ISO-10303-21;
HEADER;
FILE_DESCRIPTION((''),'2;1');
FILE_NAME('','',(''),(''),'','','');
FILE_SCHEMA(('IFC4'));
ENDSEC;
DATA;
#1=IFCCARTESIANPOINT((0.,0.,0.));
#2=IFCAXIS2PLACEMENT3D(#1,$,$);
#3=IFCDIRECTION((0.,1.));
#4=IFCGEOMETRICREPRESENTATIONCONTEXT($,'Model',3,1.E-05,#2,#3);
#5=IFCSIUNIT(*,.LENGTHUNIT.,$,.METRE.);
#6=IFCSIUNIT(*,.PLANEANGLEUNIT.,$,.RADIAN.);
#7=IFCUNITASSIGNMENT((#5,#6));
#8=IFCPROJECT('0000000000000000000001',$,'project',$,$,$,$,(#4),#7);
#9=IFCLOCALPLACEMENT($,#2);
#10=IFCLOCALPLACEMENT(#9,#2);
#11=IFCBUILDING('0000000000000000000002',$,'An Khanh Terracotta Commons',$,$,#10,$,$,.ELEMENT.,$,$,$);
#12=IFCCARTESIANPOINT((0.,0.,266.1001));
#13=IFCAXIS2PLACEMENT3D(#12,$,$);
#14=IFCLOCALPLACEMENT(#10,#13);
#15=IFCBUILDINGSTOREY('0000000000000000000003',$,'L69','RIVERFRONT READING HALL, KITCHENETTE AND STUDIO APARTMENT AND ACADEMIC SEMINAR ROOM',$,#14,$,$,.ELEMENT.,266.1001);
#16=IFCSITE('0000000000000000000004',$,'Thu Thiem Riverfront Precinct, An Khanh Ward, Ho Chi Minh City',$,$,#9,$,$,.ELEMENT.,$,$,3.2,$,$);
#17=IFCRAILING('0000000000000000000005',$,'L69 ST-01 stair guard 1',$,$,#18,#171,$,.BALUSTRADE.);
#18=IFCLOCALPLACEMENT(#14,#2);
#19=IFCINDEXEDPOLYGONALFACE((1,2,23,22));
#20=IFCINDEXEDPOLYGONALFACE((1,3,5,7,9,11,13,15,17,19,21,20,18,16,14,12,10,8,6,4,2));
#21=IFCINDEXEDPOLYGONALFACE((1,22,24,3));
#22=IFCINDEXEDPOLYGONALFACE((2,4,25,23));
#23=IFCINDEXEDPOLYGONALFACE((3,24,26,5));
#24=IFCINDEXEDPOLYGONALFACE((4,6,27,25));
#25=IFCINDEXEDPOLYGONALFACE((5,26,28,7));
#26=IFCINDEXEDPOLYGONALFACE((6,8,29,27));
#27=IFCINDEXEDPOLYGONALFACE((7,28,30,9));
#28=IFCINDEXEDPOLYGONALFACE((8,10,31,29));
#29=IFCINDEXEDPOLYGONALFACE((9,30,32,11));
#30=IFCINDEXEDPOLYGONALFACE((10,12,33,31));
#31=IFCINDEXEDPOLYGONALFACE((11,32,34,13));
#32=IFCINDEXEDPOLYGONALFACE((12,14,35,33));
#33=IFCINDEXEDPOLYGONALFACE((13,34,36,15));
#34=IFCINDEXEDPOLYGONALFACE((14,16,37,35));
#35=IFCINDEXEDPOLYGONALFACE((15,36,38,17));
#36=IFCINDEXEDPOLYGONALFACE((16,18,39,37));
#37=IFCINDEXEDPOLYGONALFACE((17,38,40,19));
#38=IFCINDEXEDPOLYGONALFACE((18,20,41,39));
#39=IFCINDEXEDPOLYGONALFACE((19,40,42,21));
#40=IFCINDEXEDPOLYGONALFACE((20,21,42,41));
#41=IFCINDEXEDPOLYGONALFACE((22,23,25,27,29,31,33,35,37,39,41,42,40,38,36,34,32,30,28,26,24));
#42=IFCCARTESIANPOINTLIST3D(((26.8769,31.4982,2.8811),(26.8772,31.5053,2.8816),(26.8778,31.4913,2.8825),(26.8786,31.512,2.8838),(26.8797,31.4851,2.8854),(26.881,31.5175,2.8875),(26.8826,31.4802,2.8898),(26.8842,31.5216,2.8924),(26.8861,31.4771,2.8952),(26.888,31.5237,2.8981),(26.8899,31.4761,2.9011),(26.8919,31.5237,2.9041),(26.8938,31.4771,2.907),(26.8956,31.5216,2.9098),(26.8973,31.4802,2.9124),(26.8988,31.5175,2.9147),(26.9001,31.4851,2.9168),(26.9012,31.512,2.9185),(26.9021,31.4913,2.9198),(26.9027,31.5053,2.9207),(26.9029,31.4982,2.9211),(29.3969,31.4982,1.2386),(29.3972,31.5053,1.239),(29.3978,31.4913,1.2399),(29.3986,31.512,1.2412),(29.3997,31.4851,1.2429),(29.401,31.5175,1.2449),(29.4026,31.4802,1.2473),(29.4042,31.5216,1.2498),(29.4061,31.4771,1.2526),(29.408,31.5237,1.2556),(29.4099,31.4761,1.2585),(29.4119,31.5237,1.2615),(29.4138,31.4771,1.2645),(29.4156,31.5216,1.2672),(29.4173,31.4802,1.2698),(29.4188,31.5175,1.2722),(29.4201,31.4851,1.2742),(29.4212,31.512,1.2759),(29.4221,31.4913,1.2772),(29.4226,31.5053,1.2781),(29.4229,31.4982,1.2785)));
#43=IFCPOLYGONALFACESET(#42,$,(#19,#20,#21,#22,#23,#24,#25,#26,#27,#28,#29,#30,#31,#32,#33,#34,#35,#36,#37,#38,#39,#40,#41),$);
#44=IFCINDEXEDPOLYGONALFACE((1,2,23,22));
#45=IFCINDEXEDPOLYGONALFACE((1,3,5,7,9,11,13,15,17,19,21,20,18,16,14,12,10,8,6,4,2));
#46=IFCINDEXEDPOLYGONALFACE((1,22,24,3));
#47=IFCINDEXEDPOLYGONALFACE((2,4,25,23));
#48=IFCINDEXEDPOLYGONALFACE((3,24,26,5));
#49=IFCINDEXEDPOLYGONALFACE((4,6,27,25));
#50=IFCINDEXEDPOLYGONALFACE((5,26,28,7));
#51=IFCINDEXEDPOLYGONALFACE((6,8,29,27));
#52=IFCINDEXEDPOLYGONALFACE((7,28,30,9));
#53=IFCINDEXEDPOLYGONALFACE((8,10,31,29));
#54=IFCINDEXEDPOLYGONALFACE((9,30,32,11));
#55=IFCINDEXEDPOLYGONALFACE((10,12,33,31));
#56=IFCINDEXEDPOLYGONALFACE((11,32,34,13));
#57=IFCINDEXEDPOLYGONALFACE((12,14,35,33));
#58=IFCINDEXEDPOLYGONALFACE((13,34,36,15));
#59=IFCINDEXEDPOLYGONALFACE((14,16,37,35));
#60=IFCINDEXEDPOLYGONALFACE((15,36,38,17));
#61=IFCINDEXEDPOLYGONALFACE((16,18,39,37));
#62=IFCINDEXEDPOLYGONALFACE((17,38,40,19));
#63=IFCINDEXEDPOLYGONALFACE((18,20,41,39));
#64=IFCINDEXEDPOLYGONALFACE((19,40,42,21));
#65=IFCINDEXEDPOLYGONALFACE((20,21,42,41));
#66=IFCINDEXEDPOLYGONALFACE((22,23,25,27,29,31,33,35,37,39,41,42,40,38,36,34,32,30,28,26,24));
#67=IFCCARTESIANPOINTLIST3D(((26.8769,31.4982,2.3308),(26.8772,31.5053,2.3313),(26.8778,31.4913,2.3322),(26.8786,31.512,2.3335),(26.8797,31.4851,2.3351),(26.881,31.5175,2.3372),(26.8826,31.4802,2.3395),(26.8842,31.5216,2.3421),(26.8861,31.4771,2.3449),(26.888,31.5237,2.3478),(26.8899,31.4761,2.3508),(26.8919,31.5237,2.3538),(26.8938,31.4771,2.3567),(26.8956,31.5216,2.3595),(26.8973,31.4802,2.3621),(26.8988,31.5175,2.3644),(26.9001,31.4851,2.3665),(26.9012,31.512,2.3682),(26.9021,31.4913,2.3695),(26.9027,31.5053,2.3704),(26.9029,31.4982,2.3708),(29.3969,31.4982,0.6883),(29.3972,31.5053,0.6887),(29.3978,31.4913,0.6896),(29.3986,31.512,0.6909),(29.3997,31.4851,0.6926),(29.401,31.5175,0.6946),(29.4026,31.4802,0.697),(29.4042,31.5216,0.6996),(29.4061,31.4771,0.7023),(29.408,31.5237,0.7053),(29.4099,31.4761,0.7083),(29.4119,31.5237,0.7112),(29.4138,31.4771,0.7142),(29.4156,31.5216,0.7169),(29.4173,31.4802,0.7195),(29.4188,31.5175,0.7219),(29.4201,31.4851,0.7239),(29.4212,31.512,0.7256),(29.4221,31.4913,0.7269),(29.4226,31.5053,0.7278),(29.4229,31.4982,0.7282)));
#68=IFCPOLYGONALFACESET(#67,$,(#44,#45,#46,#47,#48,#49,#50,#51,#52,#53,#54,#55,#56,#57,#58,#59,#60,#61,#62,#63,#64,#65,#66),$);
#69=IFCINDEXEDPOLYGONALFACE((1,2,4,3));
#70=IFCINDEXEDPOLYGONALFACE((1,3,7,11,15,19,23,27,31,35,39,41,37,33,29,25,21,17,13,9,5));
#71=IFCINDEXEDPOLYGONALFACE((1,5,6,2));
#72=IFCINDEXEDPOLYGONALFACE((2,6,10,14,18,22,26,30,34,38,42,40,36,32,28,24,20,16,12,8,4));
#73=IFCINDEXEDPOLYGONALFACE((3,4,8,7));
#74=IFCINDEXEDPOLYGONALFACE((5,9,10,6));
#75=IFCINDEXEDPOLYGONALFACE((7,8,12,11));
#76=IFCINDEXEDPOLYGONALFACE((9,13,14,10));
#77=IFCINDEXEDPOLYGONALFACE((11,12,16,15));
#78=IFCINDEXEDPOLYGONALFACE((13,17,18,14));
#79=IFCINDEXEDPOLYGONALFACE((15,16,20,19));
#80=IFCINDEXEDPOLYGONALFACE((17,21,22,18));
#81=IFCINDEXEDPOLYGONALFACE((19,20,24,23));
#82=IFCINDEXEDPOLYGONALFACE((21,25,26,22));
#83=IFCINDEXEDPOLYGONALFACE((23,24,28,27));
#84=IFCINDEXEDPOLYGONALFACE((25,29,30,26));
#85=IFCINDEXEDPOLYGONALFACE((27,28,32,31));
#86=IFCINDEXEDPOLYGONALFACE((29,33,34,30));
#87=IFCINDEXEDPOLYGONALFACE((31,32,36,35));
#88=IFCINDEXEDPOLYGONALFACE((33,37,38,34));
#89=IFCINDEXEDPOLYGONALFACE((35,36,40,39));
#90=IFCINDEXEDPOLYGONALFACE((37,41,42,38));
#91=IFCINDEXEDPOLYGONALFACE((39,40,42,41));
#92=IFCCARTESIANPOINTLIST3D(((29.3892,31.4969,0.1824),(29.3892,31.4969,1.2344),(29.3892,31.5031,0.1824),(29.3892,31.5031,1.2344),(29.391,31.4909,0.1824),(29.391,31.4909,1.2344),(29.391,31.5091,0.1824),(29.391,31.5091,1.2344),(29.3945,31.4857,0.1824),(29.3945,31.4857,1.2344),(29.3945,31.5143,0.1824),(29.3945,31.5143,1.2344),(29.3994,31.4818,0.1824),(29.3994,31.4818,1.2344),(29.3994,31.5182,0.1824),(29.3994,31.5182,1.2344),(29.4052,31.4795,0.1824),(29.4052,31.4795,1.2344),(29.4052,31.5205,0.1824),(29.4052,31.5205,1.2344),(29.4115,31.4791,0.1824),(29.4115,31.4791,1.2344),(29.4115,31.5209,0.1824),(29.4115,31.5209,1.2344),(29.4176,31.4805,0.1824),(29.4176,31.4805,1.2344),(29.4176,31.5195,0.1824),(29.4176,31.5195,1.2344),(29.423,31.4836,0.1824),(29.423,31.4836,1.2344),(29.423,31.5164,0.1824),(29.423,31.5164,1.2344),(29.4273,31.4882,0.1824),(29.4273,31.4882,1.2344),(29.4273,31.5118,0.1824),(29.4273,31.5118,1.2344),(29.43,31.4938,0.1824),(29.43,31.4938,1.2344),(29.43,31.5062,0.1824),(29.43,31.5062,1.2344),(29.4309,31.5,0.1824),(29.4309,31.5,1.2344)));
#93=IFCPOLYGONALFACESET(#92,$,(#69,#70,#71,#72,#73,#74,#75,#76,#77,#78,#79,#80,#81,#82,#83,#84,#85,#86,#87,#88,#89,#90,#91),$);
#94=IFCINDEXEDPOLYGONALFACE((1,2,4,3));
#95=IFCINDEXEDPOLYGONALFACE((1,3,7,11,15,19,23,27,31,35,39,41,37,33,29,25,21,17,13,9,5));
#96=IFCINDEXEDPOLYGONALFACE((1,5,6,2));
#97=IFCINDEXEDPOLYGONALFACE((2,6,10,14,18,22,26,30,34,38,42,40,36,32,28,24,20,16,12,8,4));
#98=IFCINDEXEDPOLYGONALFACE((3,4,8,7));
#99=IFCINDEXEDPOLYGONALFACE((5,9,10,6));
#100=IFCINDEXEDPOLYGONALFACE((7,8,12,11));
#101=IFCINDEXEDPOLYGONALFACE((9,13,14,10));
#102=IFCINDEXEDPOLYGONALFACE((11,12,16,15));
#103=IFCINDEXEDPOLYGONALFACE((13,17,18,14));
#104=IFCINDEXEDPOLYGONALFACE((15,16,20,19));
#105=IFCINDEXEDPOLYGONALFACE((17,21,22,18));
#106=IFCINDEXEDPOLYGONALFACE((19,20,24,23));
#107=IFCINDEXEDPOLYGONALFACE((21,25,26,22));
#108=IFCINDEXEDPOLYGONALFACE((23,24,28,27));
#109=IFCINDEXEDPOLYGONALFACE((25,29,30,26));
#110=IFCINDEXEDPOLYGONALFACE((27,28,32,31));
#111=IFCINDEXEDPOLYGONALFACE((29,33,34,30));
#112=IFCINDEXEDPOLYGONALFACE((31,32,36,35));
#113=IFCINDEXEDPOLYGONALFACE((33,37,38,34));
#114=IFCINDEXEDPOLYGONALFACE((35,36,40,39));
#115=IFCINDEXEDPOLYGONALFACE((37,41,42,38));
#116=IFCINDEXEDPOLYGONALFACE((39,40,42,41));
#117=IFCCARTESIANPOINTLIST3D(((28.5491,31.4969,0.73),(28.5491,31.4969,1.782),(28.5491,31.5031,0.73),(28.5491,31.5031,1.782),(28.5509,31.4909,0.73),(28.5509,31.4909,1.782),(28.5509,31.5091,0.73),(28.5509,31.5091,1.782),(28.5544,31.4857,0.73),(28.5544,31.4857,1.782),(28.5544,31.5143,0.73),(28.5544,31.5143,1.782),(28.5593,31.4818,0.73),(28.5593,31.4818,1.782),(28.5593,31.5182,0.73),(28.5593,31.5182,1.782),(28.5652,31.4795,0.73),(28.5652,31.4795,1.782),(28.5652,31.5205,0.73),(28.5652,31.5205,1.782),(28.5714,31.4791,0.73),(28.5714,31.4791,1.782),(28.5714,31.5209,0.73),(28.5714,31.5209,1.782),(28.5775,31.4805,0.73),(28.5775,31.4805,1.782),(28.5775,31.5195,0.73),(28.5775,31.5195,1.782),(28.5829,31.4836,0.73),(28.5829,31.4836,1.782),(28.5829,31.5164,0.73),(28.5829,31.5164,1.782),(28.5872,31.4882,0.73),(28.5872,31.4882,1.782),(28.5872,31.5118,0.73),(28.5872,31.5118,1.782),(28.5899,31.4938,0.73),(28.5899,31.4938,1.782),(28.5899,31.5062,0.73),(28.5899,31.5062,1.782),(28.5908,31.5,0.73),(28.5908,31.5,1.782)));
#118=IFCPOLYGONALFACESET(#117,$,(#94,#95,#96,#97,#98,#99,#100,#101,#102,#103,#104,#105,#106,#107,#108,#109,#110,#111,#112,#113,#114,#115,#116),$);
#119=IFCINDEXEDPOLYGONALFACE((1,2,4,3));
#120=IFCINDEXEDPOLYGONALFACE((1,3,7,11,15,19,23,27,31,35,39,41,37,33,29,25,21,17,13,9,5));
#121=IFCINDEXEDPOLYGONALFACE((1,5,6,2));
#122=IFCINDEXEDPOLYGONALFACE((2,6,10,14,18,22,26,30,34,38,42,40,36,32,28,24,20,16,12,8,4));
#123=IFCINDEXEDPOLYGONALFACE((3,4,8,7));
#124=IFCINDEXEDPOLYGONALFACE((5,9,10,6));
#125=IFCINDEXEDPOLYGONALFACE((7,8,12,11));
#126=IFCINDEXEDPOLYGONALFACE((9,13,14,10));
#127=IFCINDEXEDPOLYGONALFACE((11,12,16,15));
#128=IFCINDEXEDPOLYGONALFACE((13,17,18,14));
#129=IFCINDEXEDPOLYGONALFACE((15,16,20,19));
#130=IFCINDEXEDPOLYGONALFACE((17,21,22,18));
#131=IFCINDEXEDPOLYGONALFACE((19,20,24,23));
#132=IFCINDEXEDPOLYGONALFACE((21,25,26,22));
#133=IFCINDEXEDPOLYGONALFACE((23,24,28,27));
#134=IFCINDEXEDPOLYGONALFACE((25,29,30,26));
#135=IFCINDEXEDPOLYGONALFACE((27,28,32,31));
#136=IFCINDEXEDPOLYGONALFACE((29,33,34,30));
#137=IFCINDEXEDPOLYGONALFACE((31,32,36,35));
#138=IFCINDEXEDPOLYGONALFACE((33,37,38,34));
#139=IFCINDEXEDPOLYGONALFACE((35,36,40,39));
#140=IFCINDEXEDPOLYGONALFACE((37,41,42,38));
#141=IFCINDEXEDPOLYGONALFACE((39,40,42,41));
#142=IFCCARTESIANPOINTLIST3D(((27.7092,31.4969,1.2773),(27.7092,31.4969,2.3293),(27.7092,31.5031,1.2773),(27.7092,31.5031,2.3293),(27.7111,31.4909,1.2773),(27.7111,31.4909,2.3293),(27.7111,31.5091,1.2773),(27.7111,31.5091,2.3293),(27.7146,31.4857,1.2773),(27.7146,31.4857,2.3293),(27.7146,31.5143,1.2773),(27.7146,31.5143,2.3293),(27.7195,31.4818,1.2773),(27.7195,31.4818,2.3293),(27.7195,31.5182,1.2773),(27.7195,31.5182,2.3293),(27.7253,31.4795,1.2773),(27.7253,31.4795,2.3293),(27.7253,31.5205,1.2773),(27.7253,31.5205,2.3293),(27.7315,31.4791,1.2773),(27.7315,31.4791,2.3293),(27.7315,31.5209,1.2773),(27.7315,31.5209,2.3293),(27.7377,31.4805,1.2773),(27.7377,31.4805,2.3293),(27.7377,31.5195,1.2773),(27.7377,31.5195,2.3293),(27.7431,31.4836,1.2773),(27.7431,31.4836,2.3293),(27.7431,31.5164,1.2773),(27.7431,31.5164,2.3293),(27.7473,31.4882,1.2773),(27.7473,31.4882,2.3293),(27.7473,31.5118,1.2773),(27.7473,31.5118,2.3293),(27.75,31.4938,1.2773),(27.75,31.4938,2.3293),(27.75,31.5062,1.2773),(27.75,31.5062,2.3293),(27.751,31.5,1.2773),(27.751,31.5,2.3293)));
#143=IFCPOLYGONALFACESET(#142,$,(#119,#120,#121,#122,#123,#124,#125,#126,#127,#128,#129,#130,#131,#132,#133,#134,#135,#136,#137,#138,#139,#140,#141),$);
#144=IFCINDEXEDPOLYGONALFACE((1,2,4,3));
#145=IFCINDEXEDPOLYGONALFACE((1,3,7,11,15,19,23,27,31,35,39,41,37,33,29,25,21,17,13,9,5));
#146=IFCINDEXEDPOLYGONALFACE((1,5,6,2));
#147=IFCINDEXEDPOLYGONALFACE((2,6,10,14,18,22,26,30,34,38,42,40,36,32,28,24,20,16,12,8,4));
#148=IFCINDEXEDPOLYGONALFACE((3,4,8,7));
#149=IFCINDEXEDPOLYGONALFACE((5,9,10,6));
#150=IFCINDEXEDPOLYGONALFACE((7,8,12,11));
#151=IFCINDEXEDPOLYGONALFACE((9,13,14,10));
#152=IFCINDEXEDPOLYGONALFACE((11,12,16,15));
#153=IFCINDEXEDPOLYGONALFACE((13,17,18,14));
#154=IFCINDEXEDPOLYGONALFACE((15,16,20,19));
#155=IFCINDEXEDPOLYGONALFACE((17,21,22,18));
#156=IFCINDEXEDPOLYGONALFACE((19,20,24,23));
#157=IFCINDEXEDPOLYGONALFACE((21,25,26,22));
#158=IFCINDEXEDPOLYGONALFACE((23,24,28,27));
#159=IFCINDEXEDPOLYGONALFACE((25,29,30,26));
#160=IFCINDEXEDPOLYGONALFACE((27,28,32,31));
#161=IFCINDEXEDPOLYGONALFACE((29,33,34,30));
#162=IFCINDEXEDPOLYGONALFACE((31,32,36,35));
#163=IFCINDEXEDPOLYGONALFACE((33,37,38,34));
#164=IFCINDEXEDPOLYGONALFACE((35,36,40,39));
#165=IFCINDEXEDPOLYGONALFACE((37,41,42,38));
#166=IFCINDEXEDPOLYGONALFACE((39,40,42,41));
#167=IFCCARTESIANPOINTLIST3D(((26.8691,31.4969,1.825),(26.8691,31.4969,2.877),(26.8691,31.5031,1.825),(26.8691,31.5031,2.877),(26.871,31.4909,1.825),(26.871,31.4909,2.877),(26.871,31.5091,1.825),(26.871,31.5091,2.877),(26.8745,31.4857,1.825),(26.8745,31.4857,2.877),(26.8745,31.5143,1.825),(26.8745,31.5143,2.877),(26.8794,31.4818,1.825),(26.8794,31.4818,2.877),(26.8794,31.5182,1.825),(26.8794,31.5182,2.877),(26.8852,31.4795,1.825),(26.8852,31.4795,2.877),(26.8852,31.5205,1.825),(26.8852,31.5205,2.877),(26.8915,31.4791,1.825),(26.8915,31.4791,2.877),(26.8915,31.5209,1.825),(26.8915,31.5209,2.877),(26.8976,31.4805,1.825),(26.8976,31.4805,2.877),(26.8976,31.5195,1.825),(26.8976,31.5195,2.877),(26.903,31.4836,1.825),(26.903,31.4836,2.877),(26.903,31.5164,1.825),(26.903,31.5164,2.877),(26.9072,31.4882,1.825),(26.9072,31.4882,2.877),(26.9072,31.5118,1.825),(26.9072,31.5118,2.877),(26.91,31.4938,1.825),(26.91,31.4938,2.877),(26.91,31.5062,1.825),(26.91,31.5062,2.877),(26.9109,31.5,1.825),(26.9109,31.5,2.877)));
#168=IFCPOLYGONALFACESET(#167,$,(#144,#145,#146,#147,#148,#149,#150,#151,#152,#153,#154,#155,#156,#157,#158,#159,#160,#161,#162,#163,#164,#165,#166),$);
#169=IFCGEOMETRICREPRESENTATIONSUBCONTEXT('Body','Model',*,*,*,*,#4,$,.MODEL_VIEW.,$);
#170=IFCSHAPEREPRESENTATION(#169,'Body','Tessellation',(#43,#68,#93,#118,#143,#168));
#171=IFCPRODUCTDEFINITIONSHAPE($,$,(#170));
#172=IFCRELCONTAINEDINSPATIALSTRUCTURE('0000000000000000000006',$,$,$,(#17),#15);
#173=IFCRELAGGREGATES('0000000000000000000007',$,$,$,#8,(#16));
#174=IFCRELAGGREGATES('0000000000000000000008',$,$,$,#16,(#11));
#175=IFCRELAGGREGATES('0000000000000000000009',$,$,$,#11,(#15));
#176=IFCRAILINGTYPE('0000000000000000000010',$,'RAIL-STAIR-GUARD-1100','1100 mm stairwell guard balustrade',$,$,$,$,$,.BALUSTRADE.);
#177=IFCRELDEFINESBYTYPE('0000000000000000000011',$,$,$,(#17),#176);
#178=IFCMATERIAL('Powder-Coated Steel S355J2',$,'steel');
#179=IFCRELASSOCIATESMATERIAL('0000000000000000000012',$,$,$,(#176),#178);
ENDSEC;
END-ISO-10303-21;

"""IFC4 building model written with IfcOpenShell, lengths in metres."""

from ifc_helpers import new_model, si_unit, direction, frame, origin, origin_2d, place, context, subcontext, project, spatial, circle, extrude, material, type_object, element, save


model = new_model("IFC4")

# Units and contexts
model_context = context("Model", 3, precision=1e-05, world=origin(), true_north=direction((0.0, 1.0)))
body_context = subcontext(model_context, "Body", "Model", "MODEL_VIEW")
ifc_project = project(units=[si_unit("LENGTHUNIT", "METRE"), si_unit("PLANEANGLEUNIT", "RADIAN")], contexts=[model_context])

# Site, building, storey
site_placement = place(None, origin())
site = spatial("IfcSite", under=ifc_project, at=site_placement, Name="Thu Thiem Riverfront Precinct, An Khanh Ward, Ho Chi Minh City", CompositionType="ELEMENT", RefElevation=3.2)
building_placement = place(site_placement, origin())
building = spatial("IfcBuilding", under=site, at=building_placement, Name="An Khanh Terracotta Commons", CompositionType="ELEMENT")
storey_placement = place(building_placement, frame((0.0, 0.0, 266.1001)))
storey = spatial("IfcBuildingStorey", under=building, at=storey_placement, Name="L69", Description="RIVERFRONT READING HALL, KITCHENETTE AND STUDIO APARTMENT AND ACADEMIC SEMINAR ROOM", CompositionType="ELEMENT", Elevation=266.1001)

# Railing
ifc_material_1 = material(Name="Powder-Coated Steel S355J2", Category="steel")
railing_type_1 = type_object("IfcRailingType", Name="RAIL-STAIR-GUARD-1100", Description="1100 mm stairwell guard balustrade", PredefinedType="BALUSTRADE", material=ifc_material_1)
railing_1_placement = place(storey_placement, frame((29.4099, 31.5, 0.1824)))
element("IfcRailing", 1, at=railing_1_placement, inside=storey, type_object=railing_type_1, Name="L69 ST-01 stair guard 1", PredefinedType="BALUSTRADE", context=body_context, shape_type="SweptSolid", body=[
    extrude(circle(Radius=0.0239, at=origin_2d()), frame((0.0, 0.0, 1.0762), z_axis=(-0.837749, 0.0, 0.546055), x_axis=(0.0, -1.0, 0.0)), (0.0, 0.0, 1.0), 3.0081),
    extrude(circle(Radius=0.0239, at=origin_2d()), frame((0.0, 0.0, 0.5259), z_axis=(-0.837749, 0.0, 0.546055), x_axis=(0.0, -1.0, 0.0)), (0.0, 0.0, 1.0), 3.0081),
    extrude(circle(Radius=0.021, at=origin_2d()), origin(), (0.0, 0.0, 1.0), 1.052),
    extrude(circle(Radius=0.021, at=origin_2d()), frame((-0.8401, 0.0, 0.5476)), (0.0, 0.0, 1.0), 1.052),
    extrude(circle(Radius=0.021, at=origin_2d()), frame((-1.6799, 0.0, 1.095)), (0.0, 0.0, 1.0), 1.052),
    extrude(circle(Radius=0.021, at=origin_2d()), frame((-2.52, 0.0, 1.6426)), (0.0, 0.0, 1.0), 1.052),
])

save(model, "model.ifc")
